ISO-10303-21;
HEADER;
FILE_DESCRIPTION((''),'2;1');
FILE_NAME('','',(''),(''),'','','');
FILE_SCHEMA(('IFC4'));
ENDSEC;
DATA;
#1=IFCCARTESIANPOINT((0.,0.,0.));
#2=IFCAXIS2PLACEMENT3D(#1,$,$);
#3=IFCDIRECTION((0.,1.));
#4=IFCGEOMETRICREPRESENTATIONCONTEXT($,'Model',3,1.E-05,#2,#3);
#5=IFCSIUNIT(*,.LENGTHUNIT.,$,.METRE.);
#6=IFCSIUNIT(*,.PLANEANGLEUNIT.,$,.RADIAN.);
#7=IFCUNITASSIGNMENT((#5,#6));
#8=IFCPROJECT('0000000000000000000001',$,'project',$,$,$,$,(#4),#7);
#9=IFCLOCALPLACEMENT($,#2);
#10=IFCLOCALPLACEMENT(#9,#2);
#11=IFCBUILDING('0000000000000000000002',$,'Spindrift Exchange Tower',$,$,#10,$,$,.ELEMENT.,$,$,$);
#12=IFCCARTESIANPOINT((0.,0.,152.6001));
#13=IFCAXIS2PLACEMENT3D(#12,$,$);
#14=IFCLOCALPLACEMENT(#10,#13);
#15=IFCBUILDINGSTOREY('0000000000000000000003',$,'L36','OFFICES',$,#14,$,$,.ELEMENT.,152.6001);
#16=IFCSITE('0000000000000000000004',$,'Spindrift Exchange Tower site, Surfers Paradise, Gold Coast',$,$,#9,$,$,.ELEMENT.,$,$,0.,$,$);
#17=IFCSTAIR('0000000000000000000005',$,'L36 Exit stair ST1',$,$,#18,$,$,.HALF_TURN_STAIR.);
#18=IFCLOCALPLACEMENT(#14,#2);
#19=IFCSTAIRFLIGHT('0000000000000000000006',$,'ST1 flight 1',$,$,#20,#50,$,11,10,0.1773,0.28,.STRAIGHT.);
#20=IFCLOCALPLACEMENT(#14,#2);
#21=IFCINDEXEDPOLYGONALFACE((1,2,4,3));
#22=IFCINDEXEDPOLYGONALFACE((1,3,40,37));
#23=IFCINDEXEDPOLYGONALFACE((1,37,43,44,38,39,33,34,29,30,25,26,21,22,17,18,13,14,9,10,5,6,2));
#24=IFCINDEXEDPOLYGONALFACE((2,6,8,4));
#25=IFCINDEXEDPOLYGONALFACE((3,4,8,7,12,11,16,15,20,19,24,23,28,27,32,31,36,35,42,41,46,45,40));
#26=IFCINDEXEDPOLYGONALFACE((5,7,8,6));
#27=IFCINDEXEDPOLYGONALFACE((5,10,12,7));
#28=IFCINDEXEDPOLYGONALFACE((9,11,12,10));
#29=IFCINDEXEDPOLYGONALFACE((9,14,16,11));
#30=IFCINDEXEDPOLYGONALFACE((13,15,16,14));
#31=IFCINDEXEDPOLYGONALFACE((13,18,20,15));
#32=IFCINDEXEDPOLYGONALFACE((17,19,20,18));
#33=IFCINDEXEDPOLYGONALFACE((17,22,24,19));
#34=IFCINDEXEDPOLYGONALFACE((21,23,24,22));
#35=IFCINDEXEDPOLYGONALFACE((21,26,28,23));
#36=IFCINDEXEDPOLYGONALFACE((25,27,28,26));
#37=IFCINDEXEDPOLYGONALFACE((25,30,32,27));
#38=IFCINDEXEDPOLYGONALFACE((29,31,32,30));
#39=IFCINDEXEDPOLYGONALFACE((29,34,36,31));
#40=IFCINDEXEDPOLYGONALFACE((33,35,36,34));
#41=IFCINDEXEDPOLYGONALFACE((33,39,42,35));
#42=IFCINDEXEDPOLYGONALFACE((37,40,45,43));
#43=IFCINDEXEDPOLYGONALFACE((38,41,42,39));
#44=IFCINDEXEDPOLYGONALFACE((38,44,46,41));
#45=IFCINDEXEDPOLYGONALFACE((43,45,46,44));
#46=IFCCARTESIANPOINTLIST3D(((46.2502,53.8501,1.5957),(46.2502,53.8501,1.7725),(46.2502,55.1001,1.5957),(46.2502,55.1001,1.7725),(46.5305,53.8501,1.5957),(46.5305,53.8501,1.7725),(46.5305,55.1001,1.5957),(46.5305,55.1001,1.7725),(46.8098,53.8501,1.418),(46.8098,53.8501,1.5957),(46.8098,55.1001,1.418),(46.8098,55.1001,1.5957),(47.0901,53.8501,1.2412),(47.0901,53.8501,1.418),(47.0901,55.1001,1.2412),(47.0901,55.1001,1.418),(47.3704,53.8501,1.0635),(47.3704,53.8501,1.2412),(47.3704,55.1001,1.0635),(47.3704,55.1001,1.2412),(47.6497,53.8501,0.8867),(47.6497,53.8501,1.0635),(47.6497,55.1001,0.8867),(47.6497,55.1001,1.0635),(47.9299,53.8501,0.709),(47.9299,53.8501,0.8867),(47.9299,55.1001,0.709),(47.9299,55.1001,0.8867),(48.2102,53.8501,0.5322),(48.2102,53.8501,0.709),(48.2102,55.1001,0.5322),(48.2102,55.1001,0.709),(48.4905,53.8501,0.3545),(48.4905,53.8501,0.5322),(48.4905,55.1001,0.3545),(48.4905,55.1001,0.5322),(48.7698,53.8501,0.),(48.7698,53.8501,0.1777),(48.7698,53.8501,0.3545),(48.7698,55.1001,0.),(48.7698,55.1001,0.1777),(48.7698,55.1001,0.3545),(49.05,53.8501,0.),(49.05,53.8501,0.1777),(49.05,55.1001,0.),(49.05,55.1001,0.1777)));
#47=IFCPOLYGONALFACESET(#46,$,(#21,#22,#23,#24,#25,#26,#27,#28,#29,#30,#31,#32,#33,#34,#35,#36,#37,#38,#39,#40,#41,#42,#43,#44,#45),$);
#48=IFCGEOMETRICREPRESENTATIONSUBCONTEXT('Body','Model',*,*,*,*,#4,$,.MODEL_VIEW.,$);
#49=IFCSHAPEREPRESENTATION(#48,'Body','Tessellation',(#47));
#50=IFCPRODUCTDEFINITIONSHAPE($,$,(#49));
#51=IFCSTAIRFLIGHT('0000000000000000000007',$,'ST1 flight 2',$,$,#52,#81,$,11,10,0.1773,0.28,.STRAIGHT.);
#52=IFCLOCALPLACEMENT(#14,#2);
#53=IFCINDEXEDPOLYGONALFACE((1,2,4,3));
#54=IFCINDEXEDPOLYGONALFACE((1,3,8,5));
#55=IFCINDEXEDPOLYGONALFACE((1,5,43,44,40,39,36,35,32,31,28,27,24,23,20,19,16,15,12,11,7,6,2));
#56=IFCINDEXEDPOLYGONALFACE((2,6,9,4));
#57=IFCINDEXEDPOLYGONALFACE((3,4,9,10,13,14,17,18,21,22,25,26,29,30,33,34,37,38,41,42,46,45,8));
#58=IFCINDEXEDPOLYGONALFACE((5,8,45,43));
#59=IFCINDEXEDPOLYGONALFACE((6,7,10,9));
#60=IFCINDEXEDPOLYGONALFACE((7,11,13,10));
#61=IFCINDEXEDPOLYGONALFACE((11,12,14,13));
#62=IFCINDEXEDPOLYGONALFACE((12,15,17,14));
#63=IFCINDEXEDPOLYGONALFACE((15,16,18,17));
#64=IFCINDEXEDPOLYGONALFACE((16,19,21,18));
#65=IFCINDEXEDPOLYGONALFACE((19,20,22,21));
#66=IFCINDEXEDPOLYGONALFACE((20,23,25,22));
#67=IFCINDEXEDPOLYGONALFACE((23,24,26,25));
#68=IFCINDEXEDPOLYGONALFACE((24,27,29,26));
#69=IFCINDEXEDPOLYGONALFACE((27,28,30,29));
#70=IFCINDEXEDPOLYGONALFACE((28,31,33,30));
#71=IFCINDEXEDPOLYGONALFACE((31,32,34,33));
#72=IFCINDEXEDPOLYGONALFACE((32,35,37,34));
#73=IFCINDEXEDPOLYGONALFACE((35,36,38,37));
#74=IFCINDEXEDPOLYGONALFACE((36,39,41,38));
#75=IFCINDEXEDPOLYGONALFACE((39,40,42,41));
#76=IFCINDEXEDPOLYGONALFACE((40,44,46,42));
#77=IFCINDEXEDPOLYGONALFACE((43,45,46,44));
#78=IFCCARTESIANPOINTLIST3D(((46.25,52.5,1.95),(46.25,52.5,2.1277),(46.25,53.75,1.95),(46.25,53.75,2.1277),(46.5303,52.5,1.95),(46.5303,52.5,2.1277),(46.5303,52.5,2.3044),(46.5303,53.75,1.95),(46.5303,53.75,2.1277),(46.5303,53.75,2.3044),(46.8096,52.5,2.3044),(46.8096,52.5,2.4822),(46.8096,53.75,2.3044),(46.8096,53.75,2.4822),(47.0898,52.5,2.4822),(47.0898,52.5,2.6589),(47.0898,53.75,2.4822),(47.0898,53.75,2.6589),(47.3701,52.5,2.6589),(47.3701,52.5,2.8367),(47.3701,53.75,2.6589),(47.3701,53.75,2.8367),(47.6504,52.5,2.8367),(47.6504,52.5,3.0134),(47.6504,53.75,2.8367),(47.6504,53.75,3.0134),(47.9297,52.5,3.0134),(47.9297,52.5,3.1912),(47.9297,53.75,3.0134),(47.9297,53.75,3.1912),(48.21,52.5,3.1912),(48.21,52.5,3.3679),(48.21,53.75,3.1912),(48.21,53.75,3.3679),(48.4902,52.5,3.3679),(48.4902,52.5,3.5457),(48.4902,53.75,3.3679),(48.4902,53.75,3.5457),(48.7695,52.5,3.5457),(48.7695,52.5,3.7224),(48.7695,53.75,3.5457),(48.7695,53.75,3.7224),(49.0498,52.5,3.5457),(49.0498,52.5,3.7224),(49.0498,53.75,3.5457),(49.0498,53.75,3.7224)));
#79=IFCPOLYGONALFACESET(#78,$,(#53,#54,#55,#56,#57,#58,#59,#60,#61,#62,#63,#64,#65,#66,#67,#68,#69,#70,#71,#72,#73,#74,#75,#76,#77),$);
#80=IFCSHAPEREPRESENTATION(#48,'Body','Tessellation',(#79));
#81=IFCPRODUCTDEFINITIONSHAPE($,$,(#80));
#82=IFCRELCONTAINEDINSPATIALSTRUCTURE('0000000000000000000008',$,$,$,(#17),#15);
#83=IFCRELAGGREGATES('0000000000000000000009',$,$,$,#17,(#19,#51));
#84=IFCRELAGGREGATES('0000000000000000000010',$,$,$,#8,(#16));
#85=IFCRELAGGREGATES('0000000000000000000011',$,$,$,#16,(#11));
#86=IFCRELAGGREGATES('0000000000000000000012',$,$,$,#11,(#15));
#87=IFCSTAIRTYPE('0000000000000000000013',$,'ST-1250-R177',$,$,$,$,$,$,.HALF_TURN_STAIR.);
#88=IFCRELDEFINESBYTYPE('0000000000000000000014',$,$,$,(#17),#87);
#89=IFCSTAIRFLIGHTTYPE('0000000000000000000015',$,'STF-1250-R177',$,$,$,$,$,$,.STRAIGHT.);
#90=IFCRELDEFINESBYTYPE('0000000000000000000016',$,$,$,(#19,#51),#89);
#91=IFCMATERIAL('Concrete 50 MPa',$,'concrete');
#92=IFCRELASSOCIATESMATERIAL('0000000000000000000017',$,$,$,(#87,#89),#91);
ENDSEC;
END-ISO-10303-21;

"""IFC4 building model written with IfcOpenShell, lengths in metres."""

from ifc_helpers import new_model, si_unit, direction, frame, origin, place, context, subcontext, project, spatial, line, indexed_curve, outline, extrude, material, type_object, element, aggregate, save


model = new_model("IFC4")

# Units and contexts
model_context = context("Model", 3, precision=1e-05, world=origin(), true_north=direction((0.0, 1.0)))
body_context = subcontext(model_context, "Body", "Model", "MODEL_VIEW")
ifc_project = project(units=[si_unit("LENGTHUNIT", "METRE"), si_unit("PLANEANGLEUNIT", "RADIAN")], contexts=[model_context])

# Site, building, storey
site_placement = place(None, origin())
site = spatial("IfcSite", under=ifc_project, at=site_placement, Name="Spindrift Exchange Tower site, Surfers Paradise, Gold Coast", CompositionType="ELEMENT", RefElevation=0.0)
building_placement = place(site_placement, origin())
building = spatial("IfcBuilding", under=site, at=building_placement, Name="Spindrift Exchange Tower", CompositionType="ELEMENT")
storey_placement = place(building_placement, frame((0.0, 0.0, 152.6001)))
storey = spatial("IfcBuildingStorey", under=building, at=storey_placement, Name="L36", Description="OFFICES", CompositionType="ELEMENT", Elevation=152.6001)

# Stair, stair flights
ifc_material_1 = material(Name="Concrete 50 MPa", Category="concrete")
stair_type = type_object("IfcStairType", Name="ST-1250-R177", PredefinedType="HALF_TURN_STAIR", material=ifc_material_1)
stair_placement = place(storey_placement, origin())
stair = element("IfcStair", 1, at=stair_placement, inside=storey, type_object=stair_type, Name="L36 Exit stair ST1", PredefinedType="HALF_TURN_STAIR")
stair_flight_type = type_object("IfcStairFlightType", Name="STF-1250-R177", PredefinedType="STRAIGHT", material=ifc_material_1)
stair_flight_1_placement = place(storey_placement, frame((49.05, 54.4751, 0.0), z_axis=(0.0, 0.0, 1.0), x_axis=(-1.0, 0.0, 0.0)))
stair_flight_1 = element("IfcStairFlight", 2, at=stair_flight_1_placement, type_object=stair_flight_type, Name="ST1 flight 1", NumberOfRisers=11, NumberOfTreads=10, PredefinedType="STRAIGHT", RiserHeight=0.1773, TreadLength=0.28, context=body_context, shape_type="SweptSolid", body=[
    extrude(outline(indexed_curve([(0.0, 0.0), (0.0, 0.1777), (0.2803, 0.1777), (0.2803, 0.3545), (0.5596, 0.3545), (0.5596, 0.5322), (0.8398, 0.5322), (0.8398, 0.709), (1.1201, 0.709), (1.1201, 0.8867), (1.4004, 0.8867), (1.4004, 1.0635), (1.6797, 1.0635), (1.6797, 1.2412), (1.96, 1.2412), (1.96, 1.418), (2.2402, 1.418), (2.2402, 1.5957), (2.5195, 1.5957), (2.5195, 1.7725), (2.7998, 1.7725), (2.7998, 1.9502), (2.7998, 1.5957), (0.2803, 0.0)], segments=[line(1, 2, 3, 4, 5, 6, 7, 8, 9, 10, 11, 12, 13, 14, 15, 16, 17, 18, 19, 20, 21, 22, 23, 24, 1)], self_intersect=False)), frame((0.0, 0.625, 0.0), z_axis=(0.0, -1.0, 0.0), x_axis=(1.0, 0.0, 0.0)), (0.0, 0.0, 1.0), 1.25),
])
stair_flight_2_placement = place(storey_placement, frame((46.25, 53.125, 1.95), z_axis=(0.0, 0.0, 1.0), x_axis=(1.0, 0.0, 0.0)))
stair_flight_2 = element("IfcStairFlight", 3, at=stair_flight_2_placement, type_object=stair_flight_type, Name="ST1 flight 2", NumberOfRisers=11, NumberOfTreads=10, PredefinedType="STRAIGHT", RiserHeight=0.1773, TreadLength=0.28, context=body_context, shape_type="SweptSolid", body=[
    extrude(outline(indexed_curve([(0.0, 0.0), (0.0, 0.1777), (0.2803, 0.1777), (0.2803, 0.3545), (0.5596, 0.3545), (0.5596, 0.5322), (0.8398, 0.5322), (0.8398, 0.709), (1.1201, 0.709), (1.1201, 0.8867), (1.4004, 0.8867), (1.4004, 1.0635), (1.6797, 1.0635), (1.6797, 1.2412), (1.96, 1.2412), (1.96, 1.418), (2.2402, 1.418), (2.2402, 1.5957), (2.5195, 1.5957), (2.5195, 1.7725), (2.7998, 1.7725), (2.7998, 1.9502), (2.7998, 1.5957), (0.2803, 0.0)], segments=[line(1, 2, 3, 4, 5, 6, 7, 8, 9, 10, 11, 12, 13, 14, 15, 16, 17, 18, 19, 20, 21, 22, 23, 24, 1)], self_intersect=False)), frame((0.0, 0.625, 0.0), z_axis=(0.0, -1.0, 0.0), x_axis=(1.0, 0.0, 0.0)), (0.0, 0.0, 1.0), 1.25),
])
aggregate(stair, [stair_flight_1, stair_flight_2])

save(model, "model.ifc")
